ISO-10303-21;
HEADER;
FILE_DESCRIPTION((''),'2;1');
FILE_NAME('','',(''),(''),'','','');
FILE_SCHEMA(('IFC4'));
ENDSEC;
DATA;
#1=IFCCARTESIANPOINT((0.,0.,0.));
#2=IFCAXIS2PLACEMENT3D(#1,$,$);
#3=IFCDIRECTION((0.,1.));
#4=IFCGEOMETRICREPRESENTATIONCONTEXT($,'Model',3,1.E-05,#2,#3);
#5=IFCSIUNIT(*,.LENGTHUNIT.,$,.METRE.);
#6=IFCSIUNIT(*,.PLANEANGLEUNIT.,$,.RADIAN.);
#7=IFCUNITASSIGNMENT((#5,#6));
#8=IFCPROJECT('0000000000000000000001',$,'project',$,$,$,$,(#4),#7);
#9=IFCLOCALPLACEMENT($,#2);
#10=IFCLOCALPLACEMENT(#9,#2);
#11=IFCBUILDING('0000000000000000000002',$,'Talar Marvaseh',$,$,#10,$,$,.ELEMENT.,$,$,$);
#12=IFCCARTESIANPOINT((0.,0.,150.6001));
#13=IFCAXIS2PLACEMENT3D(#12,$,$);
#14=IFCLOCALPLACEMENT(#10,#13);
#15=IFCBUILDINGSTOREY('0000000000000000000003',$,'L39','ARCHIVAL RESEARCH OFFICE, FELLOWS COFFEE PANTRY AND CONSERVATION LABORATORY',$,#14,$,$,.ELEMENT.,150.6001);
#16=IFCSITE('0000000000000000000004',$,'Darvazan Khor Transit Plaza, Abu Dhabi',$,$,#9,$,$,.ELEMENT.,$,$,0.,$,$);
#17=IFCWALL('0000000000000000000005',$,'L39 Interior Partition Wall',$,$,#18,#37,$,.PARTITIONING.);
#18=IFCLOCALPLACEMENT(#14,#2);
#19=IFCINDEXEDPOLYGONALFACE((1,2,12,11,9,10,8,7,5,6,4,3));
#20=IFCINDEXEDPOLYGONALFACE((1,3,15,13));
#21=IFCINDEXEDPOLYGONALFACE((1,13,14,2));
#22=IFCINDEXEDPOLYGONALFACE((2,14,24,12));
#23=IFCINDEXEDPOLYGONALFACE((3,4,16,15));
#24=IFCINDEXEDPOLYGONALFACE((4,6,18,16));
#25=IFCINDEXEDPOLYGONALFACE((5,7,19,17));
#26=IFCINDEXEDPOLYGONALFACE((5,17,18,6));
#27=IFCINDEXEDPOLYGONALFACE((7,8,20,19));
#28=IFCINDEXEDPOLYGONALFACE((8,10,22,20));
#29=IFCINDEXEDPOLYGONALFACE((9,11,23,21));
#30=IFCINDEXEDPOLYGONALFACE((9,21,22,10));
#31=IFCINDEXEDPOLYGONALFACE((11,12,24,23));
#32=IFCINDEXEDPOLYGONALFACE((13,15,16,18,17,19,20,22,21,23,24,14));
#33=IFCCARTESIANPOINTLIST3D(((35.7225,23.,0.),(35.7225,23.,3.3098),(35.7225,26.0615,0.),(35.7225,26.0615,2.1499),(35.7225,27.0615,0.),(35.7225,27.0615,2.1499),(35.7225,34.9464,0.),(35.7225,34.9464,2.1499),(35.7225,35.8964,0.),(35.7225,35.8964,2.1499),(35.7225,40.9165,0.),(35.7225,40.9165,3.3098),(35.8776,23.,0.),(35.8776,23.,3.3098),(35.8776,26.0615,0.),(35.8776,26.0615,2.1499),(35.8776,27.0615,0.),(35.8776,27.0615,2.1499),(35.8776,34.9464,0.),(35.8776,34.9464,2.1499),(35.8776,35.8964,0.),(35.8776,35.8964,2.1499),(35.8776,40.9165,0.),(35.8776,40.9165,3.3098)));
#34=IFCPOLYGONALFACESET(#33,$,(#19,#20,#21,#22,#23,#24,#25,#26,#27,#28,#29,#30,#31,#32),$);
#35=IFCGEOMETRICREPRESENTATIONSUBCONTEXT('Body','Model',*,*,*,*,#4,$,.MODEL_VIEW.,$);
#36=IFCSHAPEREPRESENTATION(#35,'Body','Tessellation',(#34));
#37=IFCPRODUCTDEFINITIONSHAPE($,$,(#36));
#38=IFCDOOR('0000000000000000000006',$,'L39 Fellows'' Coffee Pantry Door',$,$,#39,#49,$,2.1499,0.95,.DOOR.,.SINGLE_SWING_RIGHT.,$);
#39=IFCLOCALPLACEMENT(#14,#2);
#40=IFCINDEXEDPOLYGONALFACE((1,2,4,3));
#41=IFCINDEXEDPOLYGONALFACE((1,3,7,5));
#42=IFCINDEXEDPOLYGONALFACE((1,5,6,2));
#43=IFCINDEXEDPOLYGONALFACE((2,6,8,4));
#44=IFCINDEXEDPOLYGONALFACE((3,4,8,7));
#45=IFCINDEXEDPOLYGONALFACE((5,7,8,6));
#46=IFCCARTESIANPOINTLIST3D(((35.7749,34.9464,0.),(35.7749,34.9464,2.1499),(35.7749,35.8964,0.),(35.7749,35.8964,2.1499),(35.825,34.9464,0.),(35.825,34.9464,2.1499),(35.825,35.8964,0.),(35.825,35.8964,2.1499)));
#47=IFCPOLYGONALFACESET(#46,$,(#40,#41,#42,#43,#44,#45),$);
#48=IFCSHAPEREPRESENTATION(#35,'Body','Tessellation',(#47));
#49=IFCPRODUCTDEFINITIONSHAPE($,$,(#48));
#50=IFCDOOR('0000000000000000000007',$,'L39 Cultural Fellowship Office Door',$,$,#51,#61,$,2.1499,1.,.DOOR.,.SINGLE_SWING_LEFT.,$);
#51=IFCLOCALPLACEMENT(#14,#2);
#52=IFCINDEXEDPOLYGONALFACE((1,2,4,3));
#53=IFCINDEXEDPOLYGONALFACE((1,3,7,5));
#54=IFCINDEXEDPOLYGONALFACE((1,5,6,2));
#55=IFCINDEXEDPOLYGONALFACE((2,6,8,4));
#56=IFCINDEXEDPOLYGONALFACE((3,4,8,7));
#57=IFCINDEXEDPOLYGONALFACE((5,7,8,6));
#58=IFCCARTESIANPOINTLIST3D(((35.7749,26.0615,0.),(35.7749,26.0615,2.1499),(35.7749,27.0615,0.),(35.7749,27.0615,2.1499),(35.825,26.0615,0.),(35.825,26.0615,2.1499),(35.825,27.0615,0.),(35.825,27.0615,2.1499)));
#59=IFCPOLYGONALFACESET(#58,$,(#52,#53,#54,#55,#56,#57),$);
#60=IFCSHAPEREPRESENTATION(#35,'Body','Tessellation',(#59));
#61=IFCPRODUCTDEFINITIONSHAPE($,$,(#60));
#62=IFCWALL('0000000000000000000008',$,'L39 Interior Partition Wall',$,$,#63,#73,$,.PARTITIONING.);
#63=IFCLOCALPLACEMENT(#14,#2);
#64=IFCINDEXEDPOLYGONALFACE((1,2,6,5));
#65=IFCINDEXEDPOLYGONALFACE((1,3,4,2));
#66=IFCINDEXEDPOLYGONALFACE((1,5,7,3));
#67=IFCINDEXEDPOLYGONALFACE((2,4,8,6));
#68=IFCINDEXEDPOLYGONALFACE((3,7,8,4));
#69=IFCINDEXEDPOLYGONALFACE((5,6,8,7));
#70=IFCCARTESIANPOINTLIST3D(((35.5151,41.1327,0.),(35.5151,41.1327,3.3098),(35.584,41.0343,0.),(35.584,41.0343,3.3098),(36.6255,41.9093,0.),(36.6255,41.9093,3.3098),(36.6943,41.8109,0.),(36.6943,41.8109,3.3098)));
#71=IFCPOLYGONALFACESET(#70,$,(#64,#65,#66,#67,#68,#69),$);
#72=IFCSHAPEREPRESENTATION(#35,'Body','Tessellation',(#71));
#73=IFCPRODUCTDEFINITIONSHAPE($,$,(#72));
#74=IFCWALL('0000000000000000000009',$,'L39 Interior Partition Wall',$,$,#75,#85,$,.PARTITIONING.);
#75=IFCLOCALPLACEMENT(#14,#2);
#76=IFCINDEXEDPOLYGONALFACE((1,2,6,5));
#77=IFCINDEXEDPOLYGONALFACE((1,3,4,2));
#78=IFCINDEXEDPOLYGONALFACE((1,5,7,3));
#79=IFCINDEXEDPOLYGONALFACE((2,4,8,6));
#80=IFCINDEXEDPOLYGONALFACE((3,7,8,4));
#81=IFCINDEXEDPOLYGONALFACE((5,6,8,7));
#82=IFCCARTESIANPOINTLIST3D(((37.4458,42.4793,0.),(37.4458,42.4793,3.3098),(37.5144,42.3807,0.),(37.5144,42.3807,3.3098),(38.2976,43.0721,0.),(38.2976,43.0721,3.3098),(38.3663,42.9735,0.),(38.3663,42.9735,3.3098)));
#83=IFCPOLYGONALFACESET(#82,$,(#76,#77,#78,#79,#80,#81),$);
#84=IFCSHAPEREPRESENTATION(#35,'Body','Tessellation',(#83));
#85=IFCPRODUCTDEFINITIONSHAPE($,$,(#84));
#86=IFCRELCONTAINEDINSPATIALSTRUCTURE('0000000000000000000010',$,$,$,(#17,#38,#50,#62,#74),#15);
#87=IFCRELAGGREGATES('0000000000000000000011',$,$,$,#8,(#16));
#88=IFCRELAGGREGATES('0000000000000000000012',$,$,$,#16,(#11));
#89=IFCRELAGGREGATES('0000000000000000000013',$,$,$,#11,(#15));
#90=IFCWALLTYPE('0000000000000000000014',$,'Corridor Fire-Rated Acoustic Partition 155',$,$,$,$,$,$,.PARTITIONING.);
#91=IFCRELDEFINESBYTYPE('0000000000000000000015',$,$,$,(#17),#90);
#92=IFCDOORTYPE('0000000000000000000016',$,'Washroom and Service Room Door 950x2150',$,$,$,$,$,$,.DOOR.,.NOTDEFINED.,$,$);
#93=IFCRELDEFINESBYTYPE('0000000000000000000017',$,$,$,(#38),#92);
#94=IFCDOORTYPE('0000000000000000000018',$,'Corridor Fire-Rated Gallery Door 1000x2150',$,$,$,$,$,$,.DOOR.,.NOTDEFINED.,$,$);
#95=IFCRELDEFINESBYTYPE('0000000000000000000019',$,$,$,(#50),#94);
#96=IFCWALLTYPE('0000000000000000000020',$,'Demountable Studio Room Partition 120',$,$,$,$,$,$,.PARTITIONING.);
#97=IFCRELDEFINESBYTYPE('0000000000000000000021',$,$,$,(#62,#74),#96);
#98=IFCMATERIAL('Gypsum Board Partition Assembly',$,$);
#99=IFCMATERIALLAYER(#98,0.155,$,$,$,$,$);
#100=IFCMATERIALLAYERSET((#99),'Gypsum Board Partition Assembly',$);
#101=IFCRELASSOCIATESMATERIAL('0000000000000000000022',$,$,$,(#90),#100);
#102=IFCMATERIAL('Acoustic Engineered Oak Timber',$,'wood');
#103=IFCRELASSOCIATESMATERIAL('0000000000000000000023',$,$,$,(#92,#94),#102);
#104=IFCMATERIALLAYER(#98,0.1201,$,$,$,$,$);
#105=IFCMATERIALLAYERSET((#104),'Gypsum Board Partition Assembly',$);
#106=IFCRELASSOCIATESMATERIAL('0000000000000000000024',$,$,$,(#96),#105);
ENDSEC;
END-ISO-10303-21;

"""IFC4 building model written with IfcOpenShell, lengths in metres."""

from ifc_helpers import new_model, si_unit, direction, frame, frame_2d, origin, place, context, subcontext, project, spatial, rectangle, extrude, source, transform, mapped, material, layer, layer_set, type_object, type_shapes, element, fill, save


model = new_model("IFC4")

# Units and contexts
model_context = context("Model", 3, precision=1e-05, world=origin(), true_north=direction((0.0, 1.0)))
body_context = subcontext(model_context, "Body", "Model", "MODEL_VIEW")
ifc_project = project(units=[si_unit("LENGTHUNIT", "METRE"), si_unit("PLANEANGLEUNIT", "RADIAN")], contexts=[model_context])

# Site, building, storey
site_placement = place(None, origin())
site = spatial("IfcSite", under=ifc_project, at=site_placement, Name="Darvazan Khor Transit Plaza, Abu Dhabi", CompositionType="ELEMENT", RefElevation=0.0)
building_placement = place(site_placement, origin())
building = spatial("IfcBuilding", under=site, at=building_placement, Name="Talar Marvaseh", CompositionType="ELEMENT")
storey_placement = place(building_placement, frame((0.0, 0.0, 150.6001)))
storey = spatial("IfcBuildingStorey", under=building, at=storey_placement, Name="L39", Description="ARCHIVAL RESEARCH OFFICE, FELLOWS COFFEE PANTRY AND CONSERVATION LABORATORY", CompositionType="ELEMENT", Elevation=150.6001)

# Wall, openings, doors
ifc_material_1 = material(Name="Gypsum Board Partition Assembly")
ifc_layer_1 = layer(ifc_material_1, 0.155)
ifc_layer_set_1 = layer_set([ifc_layer_1], Name="Gypsum Board Partition Assembly")
wall_type_1 = type_object("IfcWallType", Name="Corridor Fire-Rated Acoustic Partition 155", PredefinedType="PARTITIONING", material=ifc_layer_set_1)
wall_1_placement = place(storey_placement, frame((35.8, 40.9165, 0.0), z_axis=(0.0, 0.0, 1.0), x_axis=(0.0, -1.0, 0.0)))
wall_1 = element("IfcWall", 1, at=wall_1_placement, inside=storey, type_object=wall_type_1, Name="L39 Interior Partition Wall", PredefinedType="PARTITIONING", context=body_context, shape_type="SweptSolid", body=[
    extrude(rectangle(XDim=17.9165, YDim=0.155, at=frame_2d((8.9583, 0.0))), origin(), (0.0, 0.0, 1.0), 3.3098),
])
opening_1_placement = place(wall_1_placement, frame((13.855, 0.0, 0.0)))
opening_1 = element("IfcOpeningElement", 2, at=opening_1_placement, cuts=wall_1, PredefinedType="OPENING", context=body_context, shape_type="SweptSolid", body=[
    extrude(rectangle(XDim=1.0, YDim=2.1499, at=frame_2d((0.5, 1.075))), frame((0.0, 0.0874, 0.0), z_axis=(0.0, -1.0, 0.0), x_axis=(1.0, 0.0, 0.0)), (0.0, 0.0, 1.0), 0.175),
])
opening_2_placement = place(wall_1_placement, frame((5.02, 0.0, 0.0)))
opening_2 = element("IfcOpeningElement", 3, at=opening_2_placement, cuts=wall_1, PredefinedType="OPENING", context=body_context, shape_type="SweptSolid", body=[
    extrude(rectangle(XDim=0.95, YDim=2.1499, at=frame_2d((0.4751, 1.075))), frame((0.0, 0.0874, 0.0), z_axis=(0.0, -1.0, 0.0), x_axis=(1.0, 0.0, 0.0)), (0.0, 0.0, 1.0), 0.175),
])
ifc_material_2 = material(Name="Acoustic Engineered Oak Timber", Category="wood")
door_type_1 = type_object("IfcDoorType", Name="Washroom and Service Room Door 950x2150", OperationType="NOTDEFINED", PredefinedType="DOOR", material=ifc_material_2)
shared_shape_1 = source(origin(), body_context, "Body", "SweptSolid", [
    extrude(rectangle(XDim=0.95, YDim=2.1499, at=frame_2d((0.4751, 1.075))), frame((0.0, 0.0249, 0.0), z_axis=(0.0, -1.0, 0.0), x_axis=(1.0, 0.0, 0.0)), (0.0, 0.0, 1.0), 0.05),
])
type_shapes(door_type_1, [shared_shape_1])
door_1_placement = place(opening_2_placement, origin())
door_1 = element("IfcDoor", 4, at=door_1_placement, inside=storey, type_object=door_type_1, Name="L39 Fellows' Coffee Pantry Door", OperationType="SINGLE_SWING_RIGHT", OverallHeight=2.1499, OverallWidth=0.95, PredefinedType="DOOR", context=body_context, shape_type="MappedRepresentation", body=[
    mapped(shared_shape_1, transform((0.0, 0.0, 0.0), x_axis=(1.0, 0.0, 0.0), y_axis=(0.0, 1.0, 0.0), z_axis=(0.0, 0.0, 1.0), scale=1.0)),
])
fill(opening_2, door_1)
door_type_2 = type_object("IfcDoorType", Name="Corridor Fire-Rated Gallery Door 1000x2150", OperationType="NOTDEFINED", PredefinedType="DOOR", material=ifc_material_2)
shared_shape_2 = source(origin(), body_context, "Body", "SweptSolid", [
    extrude(rectangle(XDim=1.0, YDim=2.1499, at=frame_2d((0.5, 1.075))), frame((0.0, 0.0249, 0.0), z_axis=(0.0, -1.0, 0.0), x_axis=(1.0, 0.0, 0.0)), (0.0, 0.0, 1.0), 0.05),
])
type_shapes(door_type_2, [shared_shape_2])
door_2_placement = place(opening_1_placement, origin())
door_2 = element("IfcDoor", 5, at=door_2_placement, inside=storey, type_object=door_type_2, Name="L39 Cultural Fellowship Office Door", OperationType="SINGLE_SWING_LEFT", OverallHeight=2.1499, OverallWidth=1.0, PredefinedType="DOOR", context=body_context, shape_type="MappedRepresentation", body=[
    mapped(shared_shape_2, transform((0.0, 0.0, 0.0), x_axis=(1.0, 0.0, 0.0), y_axis=(0.0, 1.0, 0.0), z_axis=(0.0, 0.0, 1.0), scale=1.0)),
])
fill(opening_1, door_2)

# Walls
ifc_layer_2 = layer(ifc_material_1, 0.1201)
ifc_layer_set_2 = layer_set([ifc_layer_2], Name="Gypsum Board Partition Assembly")
wall_type_2 = type_object("IfcWallType", Name="Demountable Studio Room Partition 120", PredefinedType="PARTITIONING", material=ifc_layer_set_2)
wall_2_placement = place(storey_placement, frame((35.5496, 41.0835, 0.0), z_axis=(0.0, 0.0, 1.0), x_axis=(0.819452, 0.573148, 0.0)))
element("IfcWall", 6, at=wall_2_placement, inside=storey, type_object=wall_type_2, Name="L39 Interior Partition Wall", PredefinedType="PARTITIONING", context=body_context, shape_type="SweptSolid", body=[
    extrude(rectangle(XDim=1.355, YDim=0.1201, at=frame_2d((0.6775, 0.0))), origin(), (0.0, 0.0, 1.0), 3.3098),
])
wall_3_placement = place(storey_placement, frame((37.48, 42.4299, 0.0), z_axis=(0.0, 0.0, 1.0), x_axis=(0.820809, 0.571202, 0.0)))
element("IfcWall", 7, at=wall_3_placement, inside=storey, type_object=wall_type_2, Name="L39 Interior Partition Wall", PredefinedType="PARTITIONING", context=body_context, shape_type="SweptSolid", body=[
    extrude(rectangle(XDim=1.0378, YDim=0.1201, at=frame_2d((0.519, 0.0))), origin(), (0.0, 0.0, 1.0), 3.3098),
])

save(model, "model.ifc")
